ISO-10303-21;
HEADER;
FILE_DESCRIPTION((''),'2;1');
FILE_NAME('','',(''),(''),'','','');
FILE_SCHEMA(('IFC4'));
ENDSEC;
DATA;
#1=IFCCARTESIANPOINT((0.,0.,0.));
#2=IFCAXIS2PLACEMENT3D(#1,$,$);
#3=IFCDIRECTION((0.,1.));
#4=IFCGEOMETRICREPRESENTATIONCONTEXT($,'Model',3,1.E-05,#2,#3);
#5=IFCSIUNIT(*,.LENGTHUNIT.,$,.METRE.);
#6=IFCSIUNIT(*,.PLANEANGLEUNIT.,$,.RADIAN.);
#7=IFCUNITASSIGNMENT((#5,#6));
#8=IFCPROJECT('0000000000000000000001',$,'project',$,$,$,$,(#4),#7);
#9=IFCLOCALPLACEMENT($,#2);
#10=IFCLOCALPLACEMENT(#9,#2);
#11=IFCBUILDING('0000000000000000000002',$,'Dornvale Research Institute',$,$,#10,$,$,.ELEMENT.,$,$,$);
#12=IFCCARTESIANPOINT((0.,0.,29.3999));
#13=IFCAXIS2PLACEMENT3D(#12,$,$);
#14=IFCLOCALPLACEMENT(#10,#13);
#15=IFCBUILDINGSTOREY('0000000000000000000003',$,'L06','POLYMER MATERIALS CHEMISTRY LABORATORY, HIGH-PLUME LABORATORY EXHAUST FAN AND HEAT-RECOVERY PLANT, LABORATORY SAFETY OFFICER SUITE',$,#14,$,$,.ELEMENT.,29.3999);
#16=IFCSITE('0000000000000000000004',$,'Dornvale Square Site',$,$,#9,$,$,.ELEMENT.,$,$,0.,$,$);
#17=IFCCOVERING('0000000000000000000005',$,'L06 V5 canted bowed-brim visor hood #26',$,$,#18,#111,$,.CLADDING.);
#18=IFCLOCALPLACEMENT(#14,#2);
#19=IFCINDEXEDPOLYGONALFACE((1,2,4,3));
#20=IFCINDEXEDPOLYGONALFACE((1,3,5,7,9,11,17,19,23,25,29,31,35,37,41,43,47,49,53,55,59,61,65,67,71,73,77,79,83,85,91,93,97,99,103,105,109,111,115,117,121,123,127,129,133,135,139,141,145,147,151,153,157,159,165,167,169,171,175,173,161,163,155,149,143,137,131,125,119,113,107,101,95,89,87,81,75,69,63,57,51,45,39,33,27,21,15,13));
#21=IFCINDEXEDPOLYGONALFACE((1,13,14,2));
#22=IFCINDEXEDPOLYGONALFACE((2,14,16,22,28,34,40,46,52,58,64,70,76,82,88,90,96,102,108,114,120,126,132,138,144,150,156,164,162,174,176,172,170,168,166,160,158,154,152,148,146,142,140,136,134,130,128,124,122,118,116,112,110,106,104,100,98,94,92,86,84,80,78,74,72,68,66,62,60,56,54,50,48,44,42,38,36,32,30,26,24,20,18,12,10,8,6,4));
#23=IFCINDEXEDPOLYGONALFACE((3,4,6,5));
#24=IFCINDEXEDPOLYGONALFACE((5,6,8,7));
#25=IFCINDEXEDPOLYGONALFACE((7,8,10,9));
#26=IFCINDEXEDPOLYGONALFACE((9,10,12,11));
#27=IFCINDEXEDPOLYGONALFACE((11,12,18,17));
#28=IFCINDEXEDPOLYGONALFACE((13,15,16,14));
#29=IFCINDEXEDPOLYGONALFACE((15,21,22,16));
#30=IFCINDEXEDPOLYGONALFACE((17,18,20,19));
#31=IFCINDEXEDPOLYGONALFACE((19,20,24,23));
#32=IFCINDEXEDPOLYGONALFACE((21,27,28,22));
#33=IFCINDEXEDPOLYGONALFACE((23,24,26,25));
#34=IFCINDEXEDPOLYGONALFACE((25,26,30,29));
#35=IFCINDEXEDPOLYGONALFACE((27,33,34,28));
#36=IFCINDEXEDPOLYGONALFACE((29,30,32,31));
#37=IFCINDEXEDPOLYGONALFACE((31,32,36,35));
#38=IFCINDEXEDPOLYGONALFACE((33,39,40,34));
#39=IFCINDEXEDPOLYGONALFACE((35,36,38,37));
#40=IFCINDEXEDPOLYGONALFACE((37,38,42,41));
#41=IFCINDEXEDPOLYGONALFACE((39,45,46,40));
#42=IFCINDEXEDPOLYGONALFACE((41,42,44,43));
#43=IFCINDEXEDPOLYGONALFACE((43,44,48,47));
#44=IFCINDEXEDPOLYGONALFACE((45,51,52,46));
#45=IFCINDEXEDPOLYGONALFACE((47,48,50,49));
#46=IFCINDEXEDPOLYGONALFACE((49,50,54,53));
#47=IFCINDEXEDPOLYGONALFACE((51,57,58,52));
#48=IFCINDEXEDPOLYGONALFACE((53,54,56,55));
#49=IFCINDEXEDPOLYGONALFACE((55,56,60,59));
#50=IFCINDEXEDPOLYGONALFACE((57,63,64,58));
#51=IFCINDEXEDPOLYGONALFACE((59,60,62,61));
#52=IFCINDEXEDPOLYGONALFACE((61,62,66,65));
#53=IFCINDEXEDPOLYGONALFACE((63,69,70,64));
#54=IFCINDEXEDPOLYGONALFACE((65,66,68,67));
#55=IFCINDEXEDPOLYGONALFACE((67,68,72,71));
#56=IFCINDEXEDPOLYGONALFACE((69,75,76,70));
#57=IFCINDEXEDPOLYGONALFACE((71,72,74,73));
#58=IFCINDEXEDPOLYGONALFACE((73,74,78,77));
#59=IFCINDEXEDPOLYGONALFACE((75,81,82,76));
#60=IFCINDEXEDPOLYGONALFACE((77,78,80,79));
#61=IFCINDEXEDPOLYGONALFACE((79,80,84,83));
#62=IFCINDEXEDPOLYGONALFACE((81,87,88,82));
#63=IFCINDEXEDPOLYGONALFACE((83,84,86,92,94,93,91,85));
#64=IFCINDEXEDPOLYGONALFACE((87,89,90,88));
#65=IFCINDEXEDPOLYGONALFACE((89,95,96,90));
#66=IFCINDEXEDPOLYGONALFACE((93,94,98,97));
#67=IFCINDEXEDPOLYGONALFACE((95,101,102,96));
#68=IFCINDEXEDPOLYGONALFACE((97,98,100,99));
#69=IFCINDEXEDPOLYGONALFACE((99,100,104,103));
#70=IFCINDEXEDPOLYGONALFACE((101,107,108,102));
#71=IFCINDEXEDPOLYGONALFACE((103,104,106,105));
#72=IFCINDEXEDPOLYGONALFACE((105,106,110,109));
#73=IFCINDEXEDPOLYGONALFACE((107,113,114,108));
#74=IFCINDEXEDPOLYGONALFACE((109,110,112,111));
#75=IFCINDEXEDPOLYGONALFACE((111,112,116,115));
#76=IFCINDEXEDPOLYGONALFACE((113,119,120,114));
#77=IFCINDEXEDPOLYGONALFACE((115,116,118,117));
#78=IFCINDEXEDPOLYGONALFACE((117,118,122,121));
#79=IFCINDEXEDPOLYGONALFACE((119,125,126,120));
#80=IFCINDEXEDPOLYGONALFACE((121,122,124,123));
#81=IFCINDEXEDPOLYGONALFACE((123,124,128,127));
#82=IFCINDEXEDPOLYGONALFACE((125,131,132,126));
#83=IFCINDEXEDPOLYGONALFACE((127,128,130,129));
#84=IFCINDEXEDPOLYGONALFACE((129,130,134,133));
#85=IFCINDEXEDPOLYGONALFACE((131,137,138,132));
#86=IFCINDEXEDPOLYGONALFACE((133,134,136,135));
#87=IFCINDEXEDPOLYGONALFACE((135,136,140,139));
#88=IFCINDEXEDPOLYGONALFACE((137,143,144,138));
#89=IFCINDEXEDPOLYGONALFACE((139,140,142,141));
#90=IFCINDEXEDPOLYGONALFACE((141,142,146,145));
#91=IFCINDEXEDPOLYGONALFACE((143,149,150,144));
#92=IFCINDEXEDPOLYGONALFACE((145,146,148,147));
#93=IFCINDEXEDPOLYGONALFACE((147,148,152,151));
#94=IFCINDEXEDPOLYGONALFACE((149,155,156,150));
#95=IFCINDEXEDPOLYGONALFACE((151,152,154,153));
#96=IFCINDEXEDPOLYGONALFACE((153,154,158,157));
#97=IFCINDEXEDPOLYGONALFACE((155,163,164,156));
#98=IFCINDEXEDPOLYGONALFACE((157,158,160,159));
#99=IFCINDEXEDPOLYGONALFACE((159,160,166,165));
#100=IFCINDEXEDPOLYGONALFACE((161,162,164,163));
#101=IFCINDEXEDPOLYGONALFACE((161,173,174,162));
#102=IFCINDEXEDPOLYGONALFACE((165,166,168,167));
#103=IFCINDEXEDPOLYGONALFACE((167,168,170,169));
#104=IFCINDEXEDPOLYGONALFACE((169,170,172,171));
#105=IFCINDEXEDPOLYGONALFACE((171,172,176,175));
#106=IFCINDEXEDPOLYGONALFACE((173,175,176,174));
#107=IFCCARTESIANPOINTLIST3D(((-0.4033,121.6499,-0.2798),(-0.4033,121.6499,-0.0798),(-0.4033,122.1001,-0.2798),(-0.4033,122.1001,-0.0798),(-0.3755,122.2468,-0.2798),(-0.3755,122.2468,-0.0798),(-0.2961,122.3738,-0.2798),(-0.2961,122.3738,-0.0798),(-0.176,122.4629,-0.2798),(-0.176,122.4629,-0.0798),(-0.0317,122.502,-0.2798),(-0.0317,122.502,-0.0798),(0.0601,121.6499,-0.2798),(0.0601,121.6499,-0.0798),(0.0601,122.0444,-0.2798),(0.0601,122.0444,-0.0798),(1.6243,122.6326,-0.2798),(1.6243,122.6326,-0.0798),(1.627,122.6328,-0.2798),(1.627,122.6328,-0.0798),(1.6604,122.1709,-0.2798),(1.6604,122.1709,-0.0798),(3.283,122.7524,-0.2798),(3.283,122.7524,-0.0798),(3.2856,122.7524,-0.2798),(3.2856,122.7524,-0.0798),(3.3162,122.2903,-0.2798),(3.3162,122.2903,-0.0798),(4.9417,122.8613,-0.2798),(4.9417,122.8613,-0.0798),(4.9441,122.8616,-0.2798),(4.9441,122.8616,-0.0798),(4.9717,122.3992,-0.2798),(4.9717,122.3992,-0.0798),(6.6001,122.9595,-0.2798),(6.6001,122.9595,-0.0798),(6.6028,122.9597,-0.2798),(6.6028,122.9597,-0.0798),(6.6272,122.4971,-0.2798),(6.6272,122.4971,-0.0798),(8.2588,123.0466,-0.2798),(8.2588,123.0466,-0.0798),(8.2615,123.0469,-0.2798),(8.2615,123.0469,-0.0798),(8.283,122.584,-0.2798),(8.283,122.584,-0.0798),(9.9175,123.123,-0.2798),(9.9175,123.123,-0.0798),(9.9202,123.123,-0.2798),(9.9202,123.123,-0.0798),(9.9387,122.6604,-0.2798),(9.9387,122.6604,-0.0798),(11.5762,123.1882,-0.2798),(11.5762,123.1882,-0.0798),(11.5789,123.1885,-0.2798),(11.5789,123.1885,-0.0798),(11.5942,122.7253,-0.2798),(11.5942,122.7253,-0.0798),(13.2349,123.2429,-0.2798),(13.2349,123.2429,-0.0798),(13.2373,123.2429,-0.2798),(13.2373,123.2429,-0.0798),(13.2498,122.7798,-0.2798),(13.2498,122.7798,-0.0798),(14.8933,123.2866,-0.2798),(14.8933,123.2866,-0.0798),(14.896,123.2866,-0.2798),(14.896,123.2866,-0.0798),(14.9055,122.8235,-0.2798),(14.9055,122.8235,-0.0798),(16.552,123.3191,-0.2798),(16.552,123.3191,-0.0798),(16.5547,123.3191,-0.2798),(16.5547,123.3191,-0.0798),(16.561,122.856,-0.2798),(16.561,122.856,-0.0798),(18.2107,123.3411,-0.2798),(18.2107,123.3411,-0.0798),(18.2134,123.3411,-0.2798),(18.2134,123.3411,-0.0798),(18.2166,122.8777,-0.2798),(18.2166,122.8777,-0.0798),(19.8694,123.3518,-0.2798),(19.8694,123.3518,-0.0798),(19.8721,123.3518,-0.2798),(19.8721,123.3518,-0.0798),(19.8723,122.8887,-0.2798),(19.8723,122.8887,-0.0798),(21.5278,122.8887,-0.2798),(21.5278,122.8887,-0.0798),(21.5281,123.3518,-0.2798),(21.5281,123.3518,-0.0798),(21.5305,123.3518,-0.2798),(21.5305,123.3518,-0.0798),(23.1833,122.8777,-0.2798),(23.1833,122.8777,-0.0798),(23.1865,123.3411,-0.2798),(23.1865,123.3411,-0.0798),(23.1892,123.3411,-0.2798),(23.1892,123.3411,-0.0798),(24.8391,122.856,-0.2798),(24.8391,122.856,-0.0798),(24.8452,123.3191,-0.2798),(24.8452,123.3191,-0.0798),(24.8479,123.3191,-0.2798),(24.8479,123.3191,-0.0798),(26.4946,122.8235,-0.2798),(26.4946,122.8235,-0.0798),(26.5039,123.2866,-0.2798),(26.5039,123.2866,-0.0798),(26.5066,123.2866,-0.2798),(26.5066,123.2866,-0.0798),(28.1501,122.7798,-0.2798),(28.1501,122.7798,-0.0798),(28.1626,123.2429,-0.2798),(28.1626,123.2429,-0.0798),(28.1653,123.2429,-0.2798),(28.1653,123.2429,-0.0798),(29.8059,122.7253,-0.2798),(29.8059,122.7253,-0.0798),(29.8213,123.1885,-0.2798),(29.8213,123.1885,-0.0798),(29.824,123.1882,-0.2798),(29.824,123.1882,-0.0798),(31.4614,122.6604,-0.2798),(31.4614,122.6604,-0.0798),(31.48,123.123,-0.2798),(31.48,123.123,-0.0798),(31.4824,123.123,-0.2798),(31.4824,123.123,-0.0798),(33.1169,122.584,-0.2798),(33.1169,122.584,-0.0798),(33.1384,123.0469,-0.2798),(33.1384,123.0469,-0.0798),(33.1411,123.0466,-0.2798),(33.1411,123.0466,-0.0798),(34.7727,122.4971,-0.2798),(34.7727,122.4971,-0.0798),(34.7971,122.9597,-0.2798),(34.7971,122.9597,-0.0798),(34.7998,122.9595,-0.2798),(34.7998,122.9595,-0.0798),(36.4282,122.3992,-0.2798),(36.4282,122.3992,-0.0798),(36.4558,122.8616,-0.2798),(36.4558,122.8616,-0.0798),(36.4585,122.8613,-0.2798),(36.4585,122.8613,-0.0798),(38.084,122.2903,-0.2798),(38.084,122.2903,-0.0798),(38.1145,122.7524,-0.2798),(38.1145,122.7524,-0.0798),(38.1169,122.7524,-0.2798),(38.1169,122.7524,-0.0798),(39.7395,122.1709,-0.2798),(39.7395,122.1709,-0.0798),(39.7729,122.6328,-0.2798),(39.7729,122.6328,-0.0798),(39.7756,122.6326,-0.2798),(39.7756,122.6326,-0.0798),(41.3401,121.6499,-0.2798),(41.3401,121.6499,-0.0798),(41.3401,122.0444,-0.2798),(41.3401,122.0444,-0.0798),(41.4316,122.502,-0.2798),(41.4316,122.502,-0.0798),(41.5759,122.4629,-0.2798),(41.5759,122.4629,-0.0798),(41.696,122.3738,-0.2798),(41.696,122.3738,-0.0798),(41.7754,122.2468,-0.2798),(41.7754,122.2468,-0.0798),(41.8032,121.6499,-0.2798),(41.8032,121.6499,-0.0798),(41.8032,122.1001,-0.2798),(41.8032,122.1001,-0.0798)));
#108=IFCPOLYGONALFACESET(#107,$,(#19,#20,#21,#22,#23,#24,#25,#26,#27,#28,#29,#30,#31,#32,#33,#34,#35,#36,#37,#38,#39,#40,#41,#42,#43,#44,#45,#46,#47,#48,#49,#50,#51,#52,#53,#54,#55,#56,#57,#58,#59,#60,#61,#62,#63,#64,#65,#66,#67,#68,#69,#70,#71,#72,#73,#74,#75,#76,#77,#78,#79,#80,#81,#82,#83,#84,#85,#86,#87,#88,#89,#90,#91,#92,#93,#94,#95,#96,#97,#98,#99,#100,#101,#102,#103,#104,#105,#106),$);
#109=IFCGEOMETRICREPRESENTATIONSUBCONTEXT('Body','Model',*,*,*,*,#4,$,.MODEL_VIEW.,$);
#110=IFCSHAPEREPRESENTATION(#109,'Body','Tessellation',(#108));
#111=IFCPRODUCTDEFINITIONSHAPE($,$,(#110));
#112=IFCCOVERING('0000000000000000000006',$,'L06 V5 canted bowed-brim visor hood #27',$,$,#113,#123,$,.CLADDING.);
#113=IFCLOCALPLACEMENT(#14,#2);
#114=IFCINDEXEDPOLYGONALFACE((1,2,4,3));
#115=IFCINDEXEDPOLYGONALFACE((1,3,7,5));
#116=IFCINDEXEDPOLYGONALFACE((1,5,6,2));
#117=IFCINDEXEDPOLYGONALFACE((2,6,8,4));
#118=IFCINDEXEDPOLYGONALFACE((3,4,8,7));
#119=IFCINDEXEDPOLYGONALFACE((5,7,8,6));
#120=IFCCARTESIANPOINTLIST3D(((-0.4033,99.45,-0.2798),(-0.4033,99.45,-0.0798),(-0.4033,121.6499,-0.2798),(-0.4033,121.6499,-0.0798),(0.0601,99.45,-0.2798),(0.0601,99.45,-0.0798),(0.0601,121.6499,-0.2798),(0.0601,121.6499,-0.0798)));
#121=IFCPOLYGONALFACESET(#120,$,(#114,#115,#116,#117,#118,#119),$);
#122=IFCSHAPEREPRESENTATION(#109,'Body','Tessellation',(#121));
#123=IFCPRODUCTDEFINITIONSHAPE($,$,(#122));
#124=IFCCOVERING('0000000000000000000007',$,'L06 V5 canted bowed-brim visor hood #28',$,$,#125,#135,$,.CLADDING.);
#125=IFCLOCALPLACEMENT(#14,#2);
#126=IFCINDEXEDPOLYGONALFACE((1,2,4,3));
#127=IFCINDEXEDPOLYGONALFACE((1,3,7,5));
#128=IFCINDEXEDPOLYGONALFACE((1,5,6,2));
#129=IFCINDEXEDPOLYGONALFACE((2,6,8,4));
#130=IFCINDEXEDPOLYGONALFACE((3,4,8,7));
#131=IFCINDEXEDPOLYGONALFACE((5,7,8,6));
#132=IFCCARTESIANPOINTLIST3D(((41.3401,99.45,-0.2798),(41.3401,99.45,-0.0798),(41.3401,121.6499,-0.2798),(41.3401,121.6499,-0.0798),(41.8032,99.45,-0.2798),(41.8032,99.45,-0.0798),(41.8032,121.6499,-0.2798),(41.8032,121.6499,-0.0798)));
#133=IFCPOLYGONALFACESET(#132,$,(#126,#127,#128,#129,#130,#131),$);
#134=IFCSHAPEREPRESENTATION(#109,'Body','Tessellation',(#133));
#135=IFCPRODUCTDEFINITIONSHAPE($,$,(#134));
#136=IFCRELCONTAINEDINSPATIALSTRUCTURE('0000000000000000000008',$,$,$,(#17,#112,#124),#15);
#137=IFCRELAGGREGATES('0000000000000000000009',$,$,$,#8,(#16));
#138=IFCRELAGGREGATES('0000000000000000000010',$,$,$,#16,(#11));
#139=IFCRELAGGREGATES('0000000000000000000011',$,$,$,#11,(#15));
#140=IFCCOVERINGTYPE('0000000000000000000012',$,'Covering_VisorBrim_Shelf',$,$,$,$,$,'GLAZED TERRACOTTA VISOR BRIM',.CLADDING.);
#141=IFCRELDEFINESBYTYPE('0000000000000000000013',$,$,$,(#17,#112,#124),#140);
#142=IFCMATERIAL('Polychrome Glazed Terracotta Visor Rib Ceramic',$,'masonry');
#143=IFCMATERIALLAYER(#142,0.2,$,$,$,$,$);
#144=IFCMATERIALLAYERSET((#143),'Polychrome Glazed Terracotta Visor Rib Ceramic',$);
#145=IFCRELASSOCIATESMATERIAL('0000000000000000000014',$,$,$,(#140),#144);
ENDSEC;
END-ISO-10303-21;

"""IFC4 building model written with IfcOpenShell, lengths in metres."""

from ifc_helpers import new_model, si_unit, direction, frame, origin, place, context, subcontext, project, spatial, polyline, outline, extrude, material, layer, layer_set, type_object, element, save


model = new_model("IFC4")

# Units and contexts
model_context = context("Model", 3, precision=1e-05, world=origin(), true_north=direction((0.0, 1.0)))
body_context = subcontext(model_context, "Body", "Model", "MODEL_VIEW")
ifc_project = project(units=[si_unit("LENGTHUNIT", "METRE"), si_unit("PLANEANGLEUNIT", "RADIAN")], contexts=[model_context])

# Site, building, storey
site_placement = place(None, origin())
site = spatial("IfcSite", under=ifc_project, at=site_placement, Name="Dornvale Square Site", CompositionType="ELEMENT", RefElevation=0.0)
building_placement = place(site_placement, origin())
building = spatial("IfcBuilding", under=site, at=building_placement, Name="Dornvale Research Institute", CompositionType="ELEMENT")
storey_placement = place(building_placement, frame((0.0, 0.0, 29.3999)))
storey = spatial("IfcBuildingStorey", under=building, at=storey_placement, Name="L06", Description="POLYMER MATERIALS CHEMISTRY LABORATORY, HIGH-PLUME LABORATORY EXHAUST FAN AND HEAT-RECOVERY PLANT, LABORATORY SAFETY OFFICER SUITE", CompositionType="ELEMENT", Elevation=29.3999)

# Coverings
ifc_material_1 = material(Name="Polychrome Glazed Terracotta Visor Rib Ceramic", Category="masonry")
ifc_layer_1 = layer(ifc_material_1, 0.2)
ifc_layer_set_1 = layer_set([ifc_layer_1], Name="Polychrome Glazed Terracotta Visor Rib Ceramic")
covering_type_1 = type_object("IfcCoveringType", Name="Covering_VisorBrim_Shelf", ElementType="GLAZED TERRACOTTA VISOR BRIM", PredefinedType="CLADDING", material=ifc_layer_set_1)
covering_1_placement = place(storey_placement, frame((0.0, 0.0, -0.2798)))
element("IfcCovering", 1, at=covering_1_placement, inside=storey, type_object=covering_type_1, Name="L06 V5 canted bowed-brim visor hood #26", PredefinedType="CLADDING", context=body_context, shape_type="SweptSolid", body=[
    extrude(outline(polyline([(-0.3755, 122.2468), (-0.2961, 122.3738), (-0.176, 122.4629), (-0.0317, 122.502), (1.6243, 122.6326), (1.627, 122.6328), (3.283, 122.7524), (3.2856, 122.7524), (4.9417, 122.8613), (4.9441, 122.8616), (6.6001, 122.9595), (6.6028, 122.9597), (8.2588, 123.0466), (8.2615, 123.0469), (9.9175, 123.123), (9.9202, 123.123), (11.5762, 123.1882), (11.5789, 123.1885), (13.2349, 123.2429), (13.2373, 123.2429), (14.8933, 123.2866), (14.896, 123.2866), (16.552, 123.3191), (16.5547, 123.3191), (18.2107, 123.3411), (18.2134, 123.3411), (19.8694, 123.3518), (19.8721, 123.3518), (21.5281, 123.3518), (21.5305, 123.3518), (23.1865, 123.3411), (23.1892, 123.3411), (24.8452, 123.3191), (24.8479, 123.3191), (26.5039, 123.2866), (26.5066, 123.2866), (28.1626, 123.2429), (28.1653, 123.2429), (29.8213, 123.1885), (29.824, 123.1882), (31.48, 123.123), (31.4824, 123.123), (33.1384, 123.0469), (33.1411, 123.0466), (34.7971, 122.9597), (34.7998, 122.9595), (36.4558, 122.8616), (36.4585, 122.8613), (38.1145, 122.7524), (38.1169, 122.7524), (39.7729, 122.6328), (39.7756, 122.6326), (41.4316, 122.502), (41.5759, 122.4629), (41.696, 122.3738), (41.7754, 122.2468), (41.8032, 122.1001), (41.8032, 121.6499), (41.3401, 121.6499), (41.3401, 122.0444), (39.7395, 122.1709), (38.084, 122.2903), (36.4282, 122.3992), (34.7727, 122.4971), (33.1169, 122.584), (31.4614, 122.6604), (29.8059, 122.7253), (28.1501, 122.7798), (26.4946, 122.8235), (24.8391, 122.856), (23.1833, 122.8777), (21.5278, 122.8887), (19.8723, 122.8887), (18.2166, 122.8777), (16.561, 122.856), (14.9055, 122.8235), (13.2498, 122.7798), (11.5942, 122.7253), (9.9387, 122.6604), (8.283, 122.584), (6.6272, 122.4971), (4.9717, 122.3992), (3.3162, 122.2903), (1.6604, 122.1709), (0.0601, 122.0444), (0.0601, 121.6499), (-0.4033, 121.6499), (-0.4033, 122.1001), (-0.3755, 122.2468)])), origin(), (0.0, 0.0, 1.0), 0.2),
])
covering_2_placement = place(storey_placement, frame((0.0, 0.0, -0.2798)))
element("IfcCovering", 2, at=covering_2_placement, inside=storey, type_object=covering_type_1, Name="L06 V5 canted bowed-brim visor hood #27", PredefinedType="CLADDING", context=body_context, shape_type="SweptSolid", body=[
    extrude(outline(polyline([(-0.4033, 121.6499), (0.0601, 121.6499), (0.0601, 99.45), (-0.4033, 99.45), (-0.4033, 121.6499)])), origin(), (0.0, 0.0, 1.0), 0.2),
])
covering_3_placement = place(storey_placement, frame((0.0, 0.0, -0.2798)))
element("IfcCovering", 3, at=covering_3_placement, inside=storey, type_object=covering_type_1, Name="L06 V5 canted bowed-brim visor hood #28", PredefinedType="CLADDING", context=body_context, shape_type="SweptSolid", body=[
    extrude(outline(polyline([(41.8032, 99.45), (41.3401, 99.45), (41.3401, 121.6499), (41.8032, 121.6499), (41.8032, 99.45)])), origin(), (0.0, 0.0, 1.0), 0.2),
])

save(model, "model.ifc")
